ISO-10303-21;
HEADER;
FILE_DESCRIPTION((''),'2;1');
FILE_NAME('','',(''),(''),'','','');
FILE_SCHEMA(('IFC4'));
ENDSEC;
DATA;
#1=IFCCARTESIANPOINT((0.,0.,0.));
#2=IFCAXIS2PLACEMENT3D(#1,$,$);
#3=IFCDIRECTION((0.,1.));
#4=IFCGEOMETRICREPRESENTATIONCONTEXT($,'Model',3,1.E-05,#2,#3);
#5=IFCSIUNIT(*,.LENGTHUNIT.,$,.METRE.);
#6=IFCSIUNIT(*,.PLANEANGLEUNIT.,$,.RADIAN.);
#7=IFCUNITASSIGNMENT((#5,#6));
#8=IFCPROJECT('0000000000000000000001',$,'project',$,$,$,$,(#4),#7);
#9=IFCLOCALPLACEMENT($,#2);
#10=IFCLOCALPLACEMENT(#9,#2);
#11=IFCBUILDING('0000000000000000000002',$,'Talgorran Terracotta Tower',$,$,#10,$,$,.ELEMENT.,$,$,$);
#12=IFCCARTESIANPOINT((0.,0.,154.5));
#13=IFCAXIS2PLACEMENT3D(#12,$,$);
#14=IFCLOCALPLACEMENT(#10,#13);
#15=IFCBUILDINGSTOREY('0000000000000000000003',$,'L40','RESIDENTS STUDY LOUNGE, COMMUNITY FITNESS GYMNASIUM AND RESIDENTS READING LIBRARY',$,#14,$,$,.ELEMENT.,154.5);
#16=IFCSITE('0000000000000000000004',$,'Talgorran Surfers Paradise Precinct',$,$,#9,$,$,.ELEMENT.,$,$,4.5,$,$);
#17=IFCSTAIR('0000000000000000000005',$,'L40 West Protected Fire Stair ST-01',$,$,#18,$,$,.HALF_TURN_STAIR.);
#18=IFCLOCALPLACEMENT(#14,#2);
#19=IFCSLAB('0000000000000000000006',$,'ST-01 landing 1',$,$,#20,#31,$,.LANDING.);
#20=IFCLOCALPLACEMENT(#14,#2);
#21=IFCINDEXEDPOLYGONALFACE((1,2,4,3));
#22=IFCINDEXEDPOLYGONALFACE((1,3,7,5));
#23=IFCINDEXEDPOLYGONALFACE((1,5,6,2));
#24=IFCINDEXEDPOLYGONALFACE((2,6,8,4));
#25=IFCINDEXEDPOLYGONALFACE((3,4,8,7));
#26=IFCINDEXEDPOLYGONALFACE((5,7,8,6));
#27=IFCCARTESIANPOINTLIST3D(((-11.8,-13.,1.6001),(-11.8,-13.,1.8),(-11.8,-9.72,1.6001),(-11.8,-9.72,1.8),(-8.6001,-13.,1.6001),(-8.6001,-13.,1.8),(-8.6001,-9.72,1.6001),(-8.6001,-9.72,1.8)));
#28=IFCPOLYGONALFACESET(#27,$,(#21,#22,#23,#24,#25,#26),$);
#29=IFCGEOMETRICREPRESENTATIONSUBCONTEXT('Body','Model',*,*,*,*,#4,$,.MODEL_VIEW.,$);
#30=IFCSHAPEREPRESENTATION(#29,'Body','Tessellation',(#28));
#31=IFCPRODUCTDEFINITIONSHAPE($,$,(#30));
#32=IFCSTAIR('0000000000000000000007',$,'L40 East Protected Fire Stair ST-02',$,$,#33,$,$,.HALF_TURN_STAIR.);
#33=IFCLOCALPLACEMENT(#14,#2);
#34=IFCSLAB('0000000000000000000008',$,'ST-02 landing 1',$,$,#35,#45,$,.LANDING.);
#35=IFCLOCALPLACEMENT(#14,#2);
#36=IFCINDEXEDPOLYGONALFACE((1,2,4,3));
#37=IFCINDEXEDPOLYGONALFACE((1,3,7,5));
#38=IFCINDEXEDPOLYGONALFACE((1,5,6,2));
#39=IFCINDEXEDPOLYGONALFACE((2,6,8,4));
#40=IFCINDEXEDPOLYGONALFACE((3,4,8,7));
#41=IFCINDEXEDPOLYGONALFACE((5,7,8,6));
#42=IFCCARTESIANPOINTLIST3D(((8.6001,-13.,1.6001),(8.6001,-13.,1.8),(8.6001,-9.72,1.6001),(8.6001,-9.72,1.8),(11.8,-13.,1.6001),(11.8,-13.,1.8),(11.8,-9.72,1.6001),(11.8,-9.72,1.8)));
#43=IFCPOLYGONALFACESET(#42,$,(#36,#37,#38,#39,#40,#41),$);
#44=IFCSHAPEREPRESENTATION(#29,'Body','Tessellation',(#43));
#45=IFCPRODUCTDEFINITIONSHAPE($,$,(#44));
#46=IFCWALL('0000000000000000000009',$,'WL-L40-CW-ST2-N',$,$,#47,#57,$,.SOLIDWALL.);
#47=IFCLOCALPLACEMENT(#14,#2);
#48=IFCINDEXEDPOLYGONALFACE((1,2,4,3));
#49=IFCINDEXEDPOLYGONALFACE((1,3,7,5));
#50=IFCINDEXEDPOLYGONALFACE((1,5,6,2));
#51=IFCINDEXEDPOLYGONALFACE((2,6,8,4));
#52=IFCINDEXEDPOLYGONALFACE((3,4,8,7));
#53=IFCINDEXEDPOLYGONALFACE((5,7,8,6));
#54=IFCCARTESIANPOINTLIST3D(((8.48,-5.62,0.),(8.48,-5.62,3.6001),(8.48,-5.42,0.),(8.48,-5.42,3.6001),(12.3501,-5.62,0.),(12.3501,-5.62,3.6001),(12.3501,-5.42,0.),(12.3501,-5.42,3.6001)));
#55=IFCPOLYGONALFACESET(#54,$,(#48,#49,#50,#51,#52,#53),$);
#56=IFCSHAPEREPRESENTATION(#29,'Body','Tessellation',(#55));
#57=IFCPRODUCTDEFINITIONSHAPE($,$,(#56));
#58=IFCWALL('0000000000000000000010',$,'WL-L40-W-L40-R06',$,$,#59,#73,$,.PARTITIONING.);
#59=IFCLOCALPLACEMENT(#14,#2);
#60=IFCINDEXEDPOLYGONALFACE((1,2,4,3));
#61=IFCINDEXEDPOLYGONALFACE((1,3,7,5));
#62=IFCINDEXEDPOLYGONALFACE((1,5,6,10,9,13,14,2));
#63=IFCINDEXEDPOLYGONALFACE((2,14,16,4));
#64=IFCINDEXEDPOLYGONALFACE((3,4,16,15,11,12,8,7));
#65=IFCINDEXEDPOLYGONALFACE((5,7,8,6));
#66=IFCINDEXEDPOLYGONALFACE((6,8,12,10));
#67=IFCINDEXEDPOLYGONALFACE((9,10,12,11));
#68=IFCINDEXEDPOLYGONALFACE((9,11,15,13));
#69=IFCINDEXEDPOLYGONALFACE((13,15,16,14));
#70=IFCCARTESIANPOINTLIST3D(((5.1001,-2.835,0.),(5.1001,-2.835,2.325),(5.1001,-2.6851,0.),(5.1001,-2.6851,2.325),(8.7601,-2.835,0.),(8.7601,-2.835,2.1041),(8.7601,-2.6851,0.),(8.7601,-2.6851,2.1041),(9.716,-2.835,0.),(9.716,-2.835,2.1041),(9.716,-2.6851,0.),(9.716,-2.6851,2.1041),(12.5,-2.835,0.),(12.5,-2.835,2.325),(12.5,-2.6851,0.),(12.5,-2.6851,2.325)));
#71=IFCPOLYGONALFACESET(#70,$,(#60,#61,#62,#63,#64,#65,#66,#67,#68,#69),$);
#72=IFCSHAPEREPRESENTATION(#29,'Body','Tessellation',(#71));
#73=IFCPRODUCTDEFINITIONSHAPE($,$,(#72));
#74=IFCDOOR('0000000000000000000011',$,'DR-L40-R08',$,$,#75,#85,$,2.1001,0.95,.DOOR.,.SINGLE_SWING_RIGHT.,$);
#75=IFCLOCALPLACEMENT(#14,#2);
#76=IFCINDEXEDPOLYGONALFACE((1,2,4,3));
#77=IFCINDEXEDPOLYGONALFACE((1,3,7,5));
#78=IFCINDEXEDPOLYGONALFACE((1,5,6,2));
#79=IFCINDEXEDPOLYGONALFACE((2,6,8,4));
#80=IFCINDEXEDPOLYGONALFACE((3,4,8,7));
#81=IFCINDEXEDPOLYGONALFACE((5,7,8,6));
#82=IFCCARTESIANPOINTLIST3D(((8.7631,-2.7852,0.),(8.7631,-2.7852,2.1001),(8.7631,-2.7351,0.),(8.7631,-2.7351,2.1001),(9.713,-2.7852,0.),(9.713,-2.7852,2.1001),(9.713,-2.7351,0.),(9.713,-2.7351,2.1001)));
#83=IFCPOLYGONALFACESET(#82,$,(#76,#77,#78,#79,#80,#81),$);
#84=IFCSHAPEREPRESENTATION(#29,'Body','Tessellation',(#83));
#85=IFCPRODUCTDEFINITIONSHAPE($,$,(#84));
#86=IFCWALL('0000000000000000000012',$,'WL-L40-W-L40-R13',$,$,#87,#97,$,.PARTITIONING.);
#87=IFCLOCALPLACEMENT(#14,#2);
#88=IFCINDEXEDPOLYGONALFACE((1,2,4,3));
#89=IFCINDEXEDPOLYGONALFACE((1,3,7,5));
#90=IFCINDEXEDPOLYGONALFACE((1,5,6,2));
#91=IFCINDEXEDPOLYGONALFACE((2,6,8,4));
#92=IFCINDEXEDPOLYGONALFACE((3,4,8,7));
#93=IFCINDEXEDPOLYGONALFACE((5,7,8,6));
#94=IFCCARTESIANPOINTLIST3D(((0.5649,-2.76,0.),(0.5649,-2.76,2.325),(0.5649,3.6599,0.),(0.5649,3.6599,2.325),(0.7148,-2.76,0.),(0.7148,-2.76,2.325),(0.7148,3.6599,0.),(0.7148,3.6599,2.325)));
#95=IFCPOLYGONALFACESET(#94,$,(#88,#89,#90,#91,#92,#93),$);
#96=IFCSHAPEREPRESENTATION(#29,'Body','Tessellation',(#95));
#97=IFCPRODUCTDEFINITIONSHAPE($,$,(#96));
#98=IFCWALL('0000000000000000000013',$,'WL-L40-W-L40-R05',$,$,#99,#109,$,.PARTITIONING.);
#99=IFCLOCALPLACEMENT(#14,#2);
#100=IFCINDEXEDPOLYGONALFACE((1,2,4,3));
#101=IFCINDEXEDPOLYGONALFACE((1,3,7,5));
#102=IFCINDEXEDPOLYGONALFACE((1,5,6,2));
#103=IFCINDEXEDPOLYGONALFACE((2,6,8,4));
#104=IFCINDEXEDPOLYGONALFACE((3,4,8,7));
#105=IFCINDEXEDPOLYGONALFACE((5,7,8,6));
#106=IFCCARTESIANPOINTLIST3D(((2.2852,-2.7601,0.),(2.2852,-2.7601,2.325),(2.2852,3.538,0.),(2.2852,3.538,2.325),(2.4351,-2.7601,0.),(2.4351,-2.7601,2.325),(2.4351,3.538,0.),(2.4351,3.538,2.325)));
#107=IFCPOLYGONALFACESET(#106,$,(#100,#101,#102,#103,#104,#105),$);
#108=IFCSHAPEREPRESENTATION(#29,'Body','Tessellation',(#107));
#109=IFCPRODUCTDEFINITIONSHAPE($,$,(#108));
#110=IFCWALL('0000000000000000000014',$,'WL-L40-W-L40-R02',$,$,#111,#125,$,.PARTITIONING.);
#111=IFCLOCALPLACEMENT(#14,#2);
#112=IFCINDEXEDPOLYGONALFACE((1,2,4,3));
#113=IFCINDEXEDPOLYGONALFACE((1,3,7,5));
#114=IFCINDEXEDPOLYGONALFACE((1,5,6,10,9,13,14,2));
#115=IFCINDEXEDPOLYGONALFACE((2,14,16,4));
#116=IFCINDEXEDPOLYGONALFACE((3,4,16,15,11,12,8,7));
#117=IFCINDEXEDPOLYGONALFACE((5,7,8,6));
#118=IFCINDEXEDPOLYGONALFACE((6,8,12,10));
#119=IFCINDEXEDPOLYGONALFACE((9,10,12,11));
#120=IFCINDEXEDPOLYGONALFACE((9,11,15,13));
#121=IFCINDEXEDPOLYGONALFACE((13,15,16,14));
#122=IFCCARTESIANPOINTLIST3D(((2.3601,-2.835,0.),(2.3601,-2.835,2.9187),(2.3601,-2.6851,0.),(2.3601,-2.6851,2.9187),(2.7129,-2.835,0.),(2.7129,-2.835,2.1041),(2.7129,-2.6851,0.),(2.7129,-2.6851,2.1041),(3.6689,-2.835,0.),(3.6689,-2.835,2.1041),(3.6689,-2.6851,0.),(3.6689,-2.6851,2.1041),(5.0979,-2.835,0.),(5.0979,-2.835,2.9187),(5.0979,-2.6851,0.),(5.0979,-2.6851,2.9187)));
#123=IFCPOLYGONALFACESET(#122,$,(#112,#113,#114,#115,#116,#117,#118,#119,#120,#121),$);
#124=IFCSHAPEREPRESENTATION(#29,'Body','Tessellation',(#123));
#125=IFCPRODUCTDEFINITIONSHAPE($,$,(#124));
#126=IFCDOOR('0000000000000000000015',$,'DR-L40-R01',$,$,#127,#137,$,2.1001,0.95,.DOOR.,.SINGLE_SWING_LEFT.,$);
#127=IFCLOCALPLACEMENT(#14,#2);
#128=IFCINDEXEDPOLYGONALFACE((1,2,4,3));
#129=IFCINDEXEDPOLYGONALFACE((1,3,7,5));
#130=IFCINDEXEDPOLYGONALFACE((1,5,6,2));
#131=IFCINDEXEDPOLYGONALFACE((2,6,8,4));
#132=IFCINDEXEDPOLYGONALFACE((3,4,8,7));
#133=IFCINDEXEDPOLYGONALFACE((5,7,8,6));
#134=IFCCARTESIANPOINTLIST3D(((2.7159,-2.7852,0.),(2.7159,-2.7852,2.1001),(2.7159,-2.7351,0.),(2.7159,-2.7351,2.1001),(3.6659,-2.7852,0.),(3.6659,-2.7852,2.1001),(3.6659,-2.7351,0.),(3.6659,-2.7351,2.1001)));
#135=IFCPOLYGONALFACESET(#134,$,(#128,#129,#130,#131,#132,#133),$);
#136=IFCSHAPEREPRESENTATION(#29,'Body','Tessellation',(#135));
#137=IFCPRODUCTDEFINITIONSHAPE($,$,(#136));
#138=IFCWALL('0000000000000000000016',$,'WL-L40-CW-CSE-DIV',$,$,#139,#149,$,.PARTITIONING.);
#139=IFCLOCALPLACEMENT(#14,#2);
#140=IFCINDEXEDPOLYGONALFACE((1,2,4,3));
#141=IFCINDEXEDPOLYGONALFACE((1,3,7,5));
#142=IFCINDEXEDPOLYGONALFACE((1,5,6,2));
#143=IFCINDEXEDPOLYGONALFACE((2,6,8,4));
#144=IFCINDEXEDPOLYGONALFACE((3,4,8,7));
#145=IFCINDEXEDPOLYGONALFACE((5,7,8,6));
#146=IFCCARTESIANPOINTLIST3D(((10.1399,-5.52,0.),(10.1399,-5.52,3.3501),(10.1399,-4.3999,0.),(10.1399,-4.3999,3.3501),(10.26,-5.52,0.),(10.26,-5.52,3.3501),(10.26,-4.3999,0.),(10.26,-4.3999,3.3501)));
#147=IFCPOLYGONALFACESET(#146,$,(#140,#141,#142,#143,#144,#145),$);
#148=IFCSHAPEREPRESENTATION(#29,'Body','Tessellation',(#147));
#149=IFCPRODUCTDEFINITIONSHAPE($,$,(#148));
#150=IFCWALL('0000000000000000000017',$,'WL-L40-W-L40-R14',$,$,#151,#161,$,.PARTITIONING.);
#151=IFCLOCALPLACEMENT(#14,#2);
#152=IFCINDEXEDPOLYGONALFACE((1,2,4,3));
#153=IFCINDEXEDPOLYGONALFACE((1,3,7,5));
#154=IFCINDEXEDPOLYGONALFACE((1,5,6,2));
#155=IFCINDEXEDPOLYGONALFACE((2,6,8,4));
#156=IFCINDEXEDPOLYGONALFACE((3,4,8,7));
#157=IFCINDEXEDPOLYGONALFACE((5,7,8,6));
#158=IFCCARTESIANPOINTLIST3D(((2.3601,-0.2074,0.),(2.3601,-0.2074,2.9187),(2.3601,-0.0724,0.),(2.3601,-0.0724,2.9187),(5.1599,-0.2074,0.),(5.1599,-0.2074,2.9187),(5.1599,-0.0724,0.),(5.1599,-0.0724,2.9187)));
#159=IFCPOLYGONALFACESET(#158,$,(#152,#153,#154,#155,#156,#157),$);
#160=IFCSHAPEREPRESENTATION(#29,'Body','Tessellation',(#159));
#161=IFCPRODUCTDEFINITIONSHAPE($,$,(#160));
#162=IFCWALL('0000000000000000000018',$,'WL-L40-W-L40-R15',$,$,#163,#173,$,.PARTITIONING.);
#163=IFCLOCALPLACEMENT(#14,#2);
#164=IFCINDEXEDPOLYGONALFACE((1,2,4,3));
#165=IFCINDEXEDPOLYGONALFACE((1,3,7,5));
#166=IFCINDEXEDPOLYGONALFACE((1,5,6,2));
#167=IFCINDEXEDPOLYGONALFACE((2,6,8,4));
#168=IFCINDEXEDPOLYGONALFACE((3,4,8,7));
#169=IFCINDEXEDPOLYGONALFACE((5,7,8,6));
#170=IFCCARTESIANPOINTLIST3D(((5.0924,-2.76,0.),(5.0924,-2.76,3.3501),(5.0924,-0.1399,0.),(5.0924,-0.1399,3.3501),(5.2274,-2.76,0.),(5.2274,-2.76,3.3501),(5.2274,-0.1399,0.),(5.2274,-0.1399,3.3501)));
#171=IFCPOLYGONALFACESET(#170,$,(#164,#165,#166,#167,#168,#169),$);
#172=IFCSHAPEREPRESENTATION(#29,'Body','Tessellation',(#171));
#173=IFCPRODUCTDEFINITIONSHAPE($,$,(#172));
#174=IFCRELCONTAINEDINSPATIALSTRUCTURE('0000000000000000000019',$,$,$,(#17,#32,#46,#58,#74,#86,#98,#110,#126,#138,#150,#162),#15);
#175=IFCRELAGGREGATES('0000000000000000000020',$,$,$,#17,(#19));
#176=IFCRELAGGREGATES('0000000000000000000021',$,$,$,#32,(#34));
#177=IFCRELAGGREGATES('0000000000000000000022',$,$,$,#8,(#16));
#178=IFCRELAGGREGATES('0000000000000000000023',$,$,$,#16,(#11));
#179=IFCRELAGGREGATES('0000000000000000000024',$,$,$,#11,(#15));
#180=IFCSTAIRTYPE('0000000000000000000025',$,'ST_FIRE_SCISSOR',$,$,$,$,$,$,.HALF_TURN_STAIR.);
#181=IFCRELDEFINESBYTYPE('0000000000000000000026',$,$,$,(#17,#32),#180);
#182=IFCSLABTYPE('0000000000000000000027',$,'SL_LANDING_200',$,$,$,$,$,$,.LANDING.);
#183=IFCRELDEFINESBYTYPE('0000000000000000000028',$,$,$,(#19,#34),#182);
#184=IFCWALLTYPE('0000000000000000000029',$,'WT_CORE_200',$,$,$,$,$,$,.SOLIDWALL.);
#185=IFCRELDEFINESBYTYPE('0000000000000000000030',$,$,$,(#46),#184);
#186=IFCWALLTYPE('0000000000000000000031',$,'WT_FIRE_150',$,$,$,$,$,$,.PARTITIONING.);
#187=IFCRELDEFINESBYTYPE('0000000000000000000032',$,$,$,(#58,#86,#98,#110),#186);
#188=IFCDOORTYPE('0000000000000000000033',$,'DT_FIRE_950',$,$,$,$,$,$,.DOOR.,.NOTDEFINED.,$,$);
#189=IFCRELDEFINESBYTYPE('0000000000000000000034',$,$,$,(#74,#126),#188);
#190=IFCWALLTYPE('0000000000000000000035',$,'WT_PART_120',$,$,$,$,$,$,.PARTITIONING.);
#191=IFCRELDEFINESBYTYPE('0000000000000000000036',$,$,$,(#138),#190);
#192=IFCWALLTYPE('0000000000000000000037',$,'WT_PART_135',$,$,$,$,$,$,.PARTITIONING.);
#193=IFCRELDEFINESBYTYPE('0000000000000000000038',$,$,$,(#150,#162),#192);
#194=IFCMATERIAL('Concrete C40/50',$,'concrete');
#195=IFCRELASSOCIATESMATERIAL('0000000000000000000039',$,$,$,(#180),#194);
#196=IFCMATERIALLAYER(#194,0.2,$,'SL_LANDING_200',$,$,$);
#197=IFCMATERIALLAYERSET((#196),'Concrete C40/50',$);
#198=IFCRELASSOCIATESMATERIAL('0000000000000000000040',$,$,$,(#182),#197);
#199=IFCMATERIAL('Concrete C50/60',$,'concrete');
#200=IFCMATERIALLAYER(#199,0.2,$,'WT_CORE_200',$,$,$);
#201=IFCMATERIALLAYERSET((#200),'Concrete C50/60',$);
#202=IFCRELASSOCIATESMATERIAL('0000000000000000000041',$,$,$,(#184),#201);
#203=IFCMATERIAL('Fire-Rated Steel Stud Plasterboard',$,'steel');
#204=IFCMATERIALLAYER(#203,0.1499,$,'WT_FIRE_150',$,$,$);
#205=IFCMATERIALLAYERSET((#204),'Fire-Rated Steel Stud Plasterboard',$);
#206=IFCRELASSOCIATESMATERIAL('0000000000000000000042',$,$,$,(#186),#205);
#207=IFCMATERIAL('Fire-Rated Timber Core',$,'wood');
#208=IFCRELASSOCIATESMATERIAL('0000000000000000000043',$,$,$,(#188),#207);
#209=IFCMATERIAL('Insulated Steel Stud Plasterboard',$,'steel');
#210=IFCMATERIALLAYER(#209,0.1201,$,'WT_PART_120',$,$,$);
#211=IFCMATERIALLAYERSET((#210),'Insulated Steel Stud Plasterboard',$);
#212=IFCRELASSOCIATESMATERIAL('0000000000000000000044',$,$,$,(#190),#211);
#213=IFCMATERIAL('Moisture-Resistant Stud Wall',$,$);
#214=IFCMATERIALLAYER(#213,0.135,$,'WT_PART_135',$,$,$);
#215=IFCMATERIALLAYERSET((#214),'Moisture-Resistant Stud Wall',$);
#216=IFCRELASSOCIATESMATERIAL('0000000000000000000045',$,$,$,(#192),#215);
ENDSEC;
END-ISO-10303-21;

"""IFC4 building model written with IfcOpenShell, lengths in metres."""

from ifc_helpers import new_model, si_unit, direction, frame, frame_2d, origin, place, context, subcontext, project, spatial, polyline, rectangle, outline, extrude, material, layer, layer_set, type_object, element, fill, aggregate, save


model = new_model("IFC4")

# Units and contexts
model_context = context("Model", 3, precision=1e-05, world=origin(), true_north=direction((0.0, 1.0)))
body_context = subcontext(model_context, "Body", "Model", "MODEL_VIEW")
ifc_project = project(units=[si_unit("LENGTHUNIT", "METRE"), si_unit("PLANEANGLEUNIT", "RADIAN")], contexts=[model_context])

# Site, building, storey
site_placement = place(None, origin())
site = spatial("IfcSite", under=ifc_project, at=site_placement, Name="Talgorran Surfers Paradise Precinct", CompositionType="ELEMENT", RefElevation=4.5)
building_placement = place(site_placement, origin())
building = spatial("IfcBuilding", under=site, at=building_placement, Name="Talgorran Terracotta Tower", CompositionType="ELEMENT")
storey_placement = place(building_placement, frame((0.0, 0.0, 154.5)))
storey = spatial("IfcBuildingStorey", under=building, at=storey_placement, Name="L40", Description="RESIDENTS STUDY LOUNGE, COMMUNITY FITNESS GYMNASIUM AND RESIDENTS READING LIBRARY", CompositionType="ELEMENT", Elevation=154.5)

# Stairs, slabs
ifc_material_1 = material(Name="Concrete C40/50", Category="concrete")
stair_type = type_object("IfcStairType", Name="ST_FIRE_SCISSOR", PredefinedType="HALF_TURN_STAIR", material=ifc_material_1)
stair_1_placement = place(storey_placement, origin())
stair_1 = element("IfcStair", 1, at=stair_1_placement, inside=storey, type_object=stair_type, Name="L40 West Protected Fire Stair ST-01", PredefinedType="HALF_TURN_STAIR")
ifc_layer_1 = layer(ifc_material_1, 0.2, Name="SL_LANDING_200")
ifc_layer_set_1 = layer_set([ifc_layer_1], Name="Concrete C40/50")
slab_type = type_object("IfcSlabType", Name="SL_LANDING_200", PredefinedType="LANDING", material=ifc_layer_set_1)
slab_1_placement = place(storey_placement, frame((0.0, 0.0, 1.6001)))
slab_1 = element("IfcSlab", 2, at=slab_1_placement, type_object=slab_type, Name="ST-01 landing 1", PredefinedType="LANDING", context=body_context, shape_type="SweptSolid", body=[
    extrude(outline(polyline([(-11.8, -9.72), (-11.8, -13.0), (-8.6001, -13.0), (-8.6001, -9.72), (-11.8, -9.72)])), origin(), (0.0, 0.0, 1.0), 0.2),
])
aggregate(stair_1, [slab_1])
stair_2_placement = place(storey_placement, origin())
stair_2 = element("IfcStair", 3, at=stair_2_placement, inside=storey, type_object=stair_type, Name="L40 East Protected Fire Stair ST-02", PredefinedType="HALF_TURN_STAIR")
slab_2_placement = place(storey_placement, frame((0.0, 0.0, 1.6001)))
slab_2 = element("IfcSlab", 4, at=slab_2_placement, type_object=slab_type, Name="ST-02 landing 1", PredefinedType="LANDING", context=body_context, shape_type="SweptSolid", body=[
    extrude(outline(polyline([(8.6001, -9.72), (8.6001, -13.0), (11.8, -13.0), (11.8, -9.72), (8.6001, -9.72)])), origin(), (0.0, 0.0, 1.0), 0.2),
])
aggregate(stair_2, [slab_2])

# Wall
ifc_material_2 = material(Name="Concrete C50/60", Category="concrete")
ifc_layer_2 = layer(ifc_material_2, 0.2, Name="WT_CORE_200")
ifc_layer_set_2 = layer_set([ifc_layer_2], Name="Concrete C50/60")
wall_type_1 = type_object("IfcWallType", Name="WT_CORE_200", PredefinedType="SOLIDWALL", material=ifc_layer_set_2)
wall_1_placement = place(storey_placement, frame((8.48, -5.52, 0.0), z_axis=(0.0, 0.0, 1.0), x_axis=(1.0, 0.0, 0.0)))
element("IfcWall", 5, at=wall_1_placement, inside=storey, type_object=wall_type_1, Name="WL-L40-CW-ST2-N", PredefinedType="SOLIDWALL", context=body_context, shape_type="SweptSolid", body=[
    extrude(rectangle(XDim=3.8701, YDim=0.2, at=frame_2d((1.9351, 0.0))), origin(), (0.0, 0.0, 1.0), 3.6001),
])

# Wall, opening, door
ifc_material_3 = material(Name="Fire-Rated Steel Stud Plasterboard", Category="steel")
ifc_layer_3 = layer(ifc_material_3, 0.1499, Name="WT_FIRE_150")
ifc_layer_set_3 = layer_set([ifc_layer_3], Name="Fire-Rated Steel Stud Plasterboard")
wall_type_2 = type_object("IfcWallType", Name="WT_FIRE_150", PredefinedType="PARTITIONING", material=ifc_layer_set_3)
wall_2_placement = place(storey_placement, frame((5.1001, -2.76, 0.0), z_axis=(0.0, 0.0, 1.0), x_axis=(1.0, 0.0, 0.0)))
wall_2 = element("IfcWall", 6, at=wall_2_placement, inside=storey, type_object=wall_type_2, Name="WL-L40-W-L40-R06", PredefinedType="PARTITIONING", context=body_context, shape_type="SweptSolid", body=[
    extrude(rectangle(XDim=7.3999, YDim=0.1499, at=frame_2d((3.7, 0.0))), origin(), (0.0, 0.0, 1.0), 2.325),
])
opening_1_placement = place(wall_2_placement, frame((3.6628, 0.0, 0.0)))
opening_1 = element("IfcOpeningElement", 7, at=opening_1_placement, cuts=wall_2, PredefinedType="OPENING", context=body_context, shape_type="SweptSolid", body=[
    extrude(rectangle(XDim=0.956, YDim=2.1041, at=frame_2d((0.4751, 1.052))), frame((0.0, 0.085, 0.0), z_axis=(0.0, -1.0, 0.0), x_axis=(1.0, 0.0, 0.0)), (0.0, 0.0, 1.0), 0.1699),
])
ifc_material_4 = material(Name="Fire-Rated Timber Core", Category="wood")
door_type = type_object("IfcDoorType", Name="DT_FIRE_950", OperationType="NOTDEFINED", PredefinedType="DOOR", material=ifc_material_4)
door_1_placement = place(opening_1_placement, origin())
door_1 = element("IfcDoor", 8, at=door_1_placement, inside=storey, type_object=door_type, Name="DR-L40-R08", OperationType="SINGLE_SWING_RIGHT", OverallHeight=2.1001, OverallWidth=0.95, PredefinedType="DOOR", context=body_context, shape_type="SweptSolid", body=[
    extrude(rectangle(XDim=0.95, YDim=2.1001, at=frame_2d((0.4751, 1.05))), frame((0.0, 0.0249, 0.0), z_axis=(0.0, -1.0, 0.0), x_axis=(1.0, 0.0, 0.0)), (0.0, 0.0, 1.0), 0.05),
])
fill(opening_1, door_1)

# Walls
wall_3_placement = place(storey_placement, frame((0.6399, -2.76, 0.0), z_axis=(0.0, 0.0, 1.0), x_axis=(0.0, 1.0, 0.0)))
element("IfcWall", 9, at=wall_3_placement, inside=storey, type_object=wall_type_2, Name="WL-L40-W-L40-R13", PredefinedType="PARTITIONING", context=body_context, shape_type="SweptSolid", body=[
    extrude(rectangle(XDim=6.4199, YDim=0.1499, at=frame_2d((3.21, 0.0))), origin(), (0.0, 0.0, 1.0), 2.325),
])
wall_4_placement = place(storey_placement, frame((2.3601, -2.76, 0.0), z_axis=(0.0, 0.0, 1.0), x_axis=(0.0, 1.0, 0.0)))
element("IfcWall", 10, at=wall_4_placement, inside=storey, type_object=wall_type_2, Name="WL-L40-W-L40-R05", PredefinedType="PARTITIONING", context=body_context, shape_type="SweptSolid", body=[
    extrude(rectangle(XDim=6.2981, YDim=0.1499, at=frame_2d((3.1489, 0.0))), origin(), (0.0, 0.0, 1.0), 2.325),
])

# Wall, opening, door
wall_5_placement = place(storey_placement, frame((2.3601, -2.76, 0.0), z_axis=(0.0, 0.0, 1.0), x_axis=(1.0, 0.0, 0.0)))
wall_5 = element("IfcWall", 11, at=wall_5_placement, inside=storey, type_object=wall_type_2, Name="WL-L40-W-L40-R02", PredefinedType="PARTITIONING", context=body_context, shape_type="SweptSolid", body=[
    extrude(rectangle(XDim=2.7378, YDim=0.1499, at=frame_2d((1.3689, 0.0))), origin(), (0.0, 0.0, 1.0), 2.9187),
])
opening_2_placement = place(wall_5_placement, frame((0.3557, 0.0, 0.0)))
opening_2 = element("IfcOpeningElement", 12, at=opening_2_placement, cuts=wall_5, PredefinedType="OPENING", context=body_context, shape_type="SweptSolid", body=[
    extrude(rectangle(XDim=0.956, YDim=2.1041, at=frame_2d((0.4751, 1.052))), frame((0.0, 0.085, 0.0), z_axis=(0.0, -1.0, 0.0), x_axis=(1.0, 0.0, 0.0)), (0.0, 0.0, 1.0), 0.1699),
])
door_2_placement = place(opening_2_placement, origin())
door_2 = element("IfcDoor", 13, at=door_2_placement, inside=storey, type_object=door_type, Name="DR-L40-R01", OperationType="SINGLE_SWING_LEFT", OverallHeight=2.1001, OverallWidth=0.95, PredefinedType="DOOR", context=body_context, shape_type="SweptSolid", body=[
    extrude(rectangle(XDim=0.95, YDim=2.1001, at=frame_2d((0.4751, 1.05))), frame((0.0, 0.0249, 0.0), z_axis=(0.0, -1.0, 0.0), x_axis=(1.0, 0.0, 0.0)), (0.0, 0.0, 1.0), 0.05),
])
fill(opening_2, door_2)

# Walls
ifc_material_5 = material(Name="Insulated Steel Stud Plasterboard", Category="steel")
ifc_layer_4 = layer(ifc_material_5, 0.1201, Name="WT_PART_120")
ifc_layer_set_4 = layer_set([ifc_layer_4], Name="Insulated Steel Stud Plasterboard")
wall_type_3 = type_object("IfcWallType", Name="WT_PART_120", PredefinedType="PARTITIONING", material=ifc_layer_set_4)
wall_6_placement = place(storey_placement, frame((10.2, -5.52, 0.0), z_axis=(0.0, 0.0, 1.0), x_axis=(0.0, 1.0, 0.0)))
element("IfcWall", 14, at=wall_6_placement, inside=storey, type_object=wall_type_3, Name="WL-L40-CW-CSE-DIV", PredefinedType="PARTITIONING", context=body_context, shape_type="SweptSolid", body=[
    extrude(rectangle(XDim=1.1201, YDim=0.1201, at=frame_2d((0.5601, 0.0))), origin(), (0.0, 0.0, 1.0), 3.3501),
])
ifc_material_6 = material(Name="Moisture-Resistant Stud Wall")
ifc_layer_5 = layer(ifc_material_6, 0.135, Name="WT_PART_135")
ifc_layer_set_5 = layer_set([ifc_layer_5], Name="Moisture-Resistant Stud Wall")
wall_type_4 = type_object("IfcWallType", Name="WT_PART_135", PredefinedType="PARTITIONING", material=ifc_layer_set_5)
wall_7_placement = place(storey_placement, frame((2.3601, -0.1399, 0.0), z_axis=(0.0, 0.0, 1.0), x_axis=(1.0, 0.0, 0.0)))
element("IfcWall", 15, at=wall_7_placement, inside=storey, type_object=wall_type_4, Name="WL-L40-W-L40-R14", PredefinedType="PARTITIONING", context=body_context, shape_type="SweptSolid", body=[
    extrude(rectangle(XDim=2.7998, YDim=0.135, at=frame_2d((1.3999, 0.0))), origin(), (0.0, 0.0, 1.0), 2.9187),
])
wall_8_placement = place(storey_placement, frame((5.1599, -2.76, 0.0), z_axis=(0.0, 0.0, 1.0), x_axis=(0.0, 1.0, 0.0)))
element("IfcWall", 16, at=wall_8_placement, inside=storey, type_object=wall_type_4, Name="WL-L40-W-L40-R15", PredefinedType="PARTITIONING", context=body_context, shape_type="SweptSolid", body=[
    extrude(rectangle(XDim=2.6201, YDim=0.135, at=frame_2d((1.3101, 0.0))), origin(), (0.0, 0.0, 1.0), 3.3501),
])

save(model, "model.ifc")
